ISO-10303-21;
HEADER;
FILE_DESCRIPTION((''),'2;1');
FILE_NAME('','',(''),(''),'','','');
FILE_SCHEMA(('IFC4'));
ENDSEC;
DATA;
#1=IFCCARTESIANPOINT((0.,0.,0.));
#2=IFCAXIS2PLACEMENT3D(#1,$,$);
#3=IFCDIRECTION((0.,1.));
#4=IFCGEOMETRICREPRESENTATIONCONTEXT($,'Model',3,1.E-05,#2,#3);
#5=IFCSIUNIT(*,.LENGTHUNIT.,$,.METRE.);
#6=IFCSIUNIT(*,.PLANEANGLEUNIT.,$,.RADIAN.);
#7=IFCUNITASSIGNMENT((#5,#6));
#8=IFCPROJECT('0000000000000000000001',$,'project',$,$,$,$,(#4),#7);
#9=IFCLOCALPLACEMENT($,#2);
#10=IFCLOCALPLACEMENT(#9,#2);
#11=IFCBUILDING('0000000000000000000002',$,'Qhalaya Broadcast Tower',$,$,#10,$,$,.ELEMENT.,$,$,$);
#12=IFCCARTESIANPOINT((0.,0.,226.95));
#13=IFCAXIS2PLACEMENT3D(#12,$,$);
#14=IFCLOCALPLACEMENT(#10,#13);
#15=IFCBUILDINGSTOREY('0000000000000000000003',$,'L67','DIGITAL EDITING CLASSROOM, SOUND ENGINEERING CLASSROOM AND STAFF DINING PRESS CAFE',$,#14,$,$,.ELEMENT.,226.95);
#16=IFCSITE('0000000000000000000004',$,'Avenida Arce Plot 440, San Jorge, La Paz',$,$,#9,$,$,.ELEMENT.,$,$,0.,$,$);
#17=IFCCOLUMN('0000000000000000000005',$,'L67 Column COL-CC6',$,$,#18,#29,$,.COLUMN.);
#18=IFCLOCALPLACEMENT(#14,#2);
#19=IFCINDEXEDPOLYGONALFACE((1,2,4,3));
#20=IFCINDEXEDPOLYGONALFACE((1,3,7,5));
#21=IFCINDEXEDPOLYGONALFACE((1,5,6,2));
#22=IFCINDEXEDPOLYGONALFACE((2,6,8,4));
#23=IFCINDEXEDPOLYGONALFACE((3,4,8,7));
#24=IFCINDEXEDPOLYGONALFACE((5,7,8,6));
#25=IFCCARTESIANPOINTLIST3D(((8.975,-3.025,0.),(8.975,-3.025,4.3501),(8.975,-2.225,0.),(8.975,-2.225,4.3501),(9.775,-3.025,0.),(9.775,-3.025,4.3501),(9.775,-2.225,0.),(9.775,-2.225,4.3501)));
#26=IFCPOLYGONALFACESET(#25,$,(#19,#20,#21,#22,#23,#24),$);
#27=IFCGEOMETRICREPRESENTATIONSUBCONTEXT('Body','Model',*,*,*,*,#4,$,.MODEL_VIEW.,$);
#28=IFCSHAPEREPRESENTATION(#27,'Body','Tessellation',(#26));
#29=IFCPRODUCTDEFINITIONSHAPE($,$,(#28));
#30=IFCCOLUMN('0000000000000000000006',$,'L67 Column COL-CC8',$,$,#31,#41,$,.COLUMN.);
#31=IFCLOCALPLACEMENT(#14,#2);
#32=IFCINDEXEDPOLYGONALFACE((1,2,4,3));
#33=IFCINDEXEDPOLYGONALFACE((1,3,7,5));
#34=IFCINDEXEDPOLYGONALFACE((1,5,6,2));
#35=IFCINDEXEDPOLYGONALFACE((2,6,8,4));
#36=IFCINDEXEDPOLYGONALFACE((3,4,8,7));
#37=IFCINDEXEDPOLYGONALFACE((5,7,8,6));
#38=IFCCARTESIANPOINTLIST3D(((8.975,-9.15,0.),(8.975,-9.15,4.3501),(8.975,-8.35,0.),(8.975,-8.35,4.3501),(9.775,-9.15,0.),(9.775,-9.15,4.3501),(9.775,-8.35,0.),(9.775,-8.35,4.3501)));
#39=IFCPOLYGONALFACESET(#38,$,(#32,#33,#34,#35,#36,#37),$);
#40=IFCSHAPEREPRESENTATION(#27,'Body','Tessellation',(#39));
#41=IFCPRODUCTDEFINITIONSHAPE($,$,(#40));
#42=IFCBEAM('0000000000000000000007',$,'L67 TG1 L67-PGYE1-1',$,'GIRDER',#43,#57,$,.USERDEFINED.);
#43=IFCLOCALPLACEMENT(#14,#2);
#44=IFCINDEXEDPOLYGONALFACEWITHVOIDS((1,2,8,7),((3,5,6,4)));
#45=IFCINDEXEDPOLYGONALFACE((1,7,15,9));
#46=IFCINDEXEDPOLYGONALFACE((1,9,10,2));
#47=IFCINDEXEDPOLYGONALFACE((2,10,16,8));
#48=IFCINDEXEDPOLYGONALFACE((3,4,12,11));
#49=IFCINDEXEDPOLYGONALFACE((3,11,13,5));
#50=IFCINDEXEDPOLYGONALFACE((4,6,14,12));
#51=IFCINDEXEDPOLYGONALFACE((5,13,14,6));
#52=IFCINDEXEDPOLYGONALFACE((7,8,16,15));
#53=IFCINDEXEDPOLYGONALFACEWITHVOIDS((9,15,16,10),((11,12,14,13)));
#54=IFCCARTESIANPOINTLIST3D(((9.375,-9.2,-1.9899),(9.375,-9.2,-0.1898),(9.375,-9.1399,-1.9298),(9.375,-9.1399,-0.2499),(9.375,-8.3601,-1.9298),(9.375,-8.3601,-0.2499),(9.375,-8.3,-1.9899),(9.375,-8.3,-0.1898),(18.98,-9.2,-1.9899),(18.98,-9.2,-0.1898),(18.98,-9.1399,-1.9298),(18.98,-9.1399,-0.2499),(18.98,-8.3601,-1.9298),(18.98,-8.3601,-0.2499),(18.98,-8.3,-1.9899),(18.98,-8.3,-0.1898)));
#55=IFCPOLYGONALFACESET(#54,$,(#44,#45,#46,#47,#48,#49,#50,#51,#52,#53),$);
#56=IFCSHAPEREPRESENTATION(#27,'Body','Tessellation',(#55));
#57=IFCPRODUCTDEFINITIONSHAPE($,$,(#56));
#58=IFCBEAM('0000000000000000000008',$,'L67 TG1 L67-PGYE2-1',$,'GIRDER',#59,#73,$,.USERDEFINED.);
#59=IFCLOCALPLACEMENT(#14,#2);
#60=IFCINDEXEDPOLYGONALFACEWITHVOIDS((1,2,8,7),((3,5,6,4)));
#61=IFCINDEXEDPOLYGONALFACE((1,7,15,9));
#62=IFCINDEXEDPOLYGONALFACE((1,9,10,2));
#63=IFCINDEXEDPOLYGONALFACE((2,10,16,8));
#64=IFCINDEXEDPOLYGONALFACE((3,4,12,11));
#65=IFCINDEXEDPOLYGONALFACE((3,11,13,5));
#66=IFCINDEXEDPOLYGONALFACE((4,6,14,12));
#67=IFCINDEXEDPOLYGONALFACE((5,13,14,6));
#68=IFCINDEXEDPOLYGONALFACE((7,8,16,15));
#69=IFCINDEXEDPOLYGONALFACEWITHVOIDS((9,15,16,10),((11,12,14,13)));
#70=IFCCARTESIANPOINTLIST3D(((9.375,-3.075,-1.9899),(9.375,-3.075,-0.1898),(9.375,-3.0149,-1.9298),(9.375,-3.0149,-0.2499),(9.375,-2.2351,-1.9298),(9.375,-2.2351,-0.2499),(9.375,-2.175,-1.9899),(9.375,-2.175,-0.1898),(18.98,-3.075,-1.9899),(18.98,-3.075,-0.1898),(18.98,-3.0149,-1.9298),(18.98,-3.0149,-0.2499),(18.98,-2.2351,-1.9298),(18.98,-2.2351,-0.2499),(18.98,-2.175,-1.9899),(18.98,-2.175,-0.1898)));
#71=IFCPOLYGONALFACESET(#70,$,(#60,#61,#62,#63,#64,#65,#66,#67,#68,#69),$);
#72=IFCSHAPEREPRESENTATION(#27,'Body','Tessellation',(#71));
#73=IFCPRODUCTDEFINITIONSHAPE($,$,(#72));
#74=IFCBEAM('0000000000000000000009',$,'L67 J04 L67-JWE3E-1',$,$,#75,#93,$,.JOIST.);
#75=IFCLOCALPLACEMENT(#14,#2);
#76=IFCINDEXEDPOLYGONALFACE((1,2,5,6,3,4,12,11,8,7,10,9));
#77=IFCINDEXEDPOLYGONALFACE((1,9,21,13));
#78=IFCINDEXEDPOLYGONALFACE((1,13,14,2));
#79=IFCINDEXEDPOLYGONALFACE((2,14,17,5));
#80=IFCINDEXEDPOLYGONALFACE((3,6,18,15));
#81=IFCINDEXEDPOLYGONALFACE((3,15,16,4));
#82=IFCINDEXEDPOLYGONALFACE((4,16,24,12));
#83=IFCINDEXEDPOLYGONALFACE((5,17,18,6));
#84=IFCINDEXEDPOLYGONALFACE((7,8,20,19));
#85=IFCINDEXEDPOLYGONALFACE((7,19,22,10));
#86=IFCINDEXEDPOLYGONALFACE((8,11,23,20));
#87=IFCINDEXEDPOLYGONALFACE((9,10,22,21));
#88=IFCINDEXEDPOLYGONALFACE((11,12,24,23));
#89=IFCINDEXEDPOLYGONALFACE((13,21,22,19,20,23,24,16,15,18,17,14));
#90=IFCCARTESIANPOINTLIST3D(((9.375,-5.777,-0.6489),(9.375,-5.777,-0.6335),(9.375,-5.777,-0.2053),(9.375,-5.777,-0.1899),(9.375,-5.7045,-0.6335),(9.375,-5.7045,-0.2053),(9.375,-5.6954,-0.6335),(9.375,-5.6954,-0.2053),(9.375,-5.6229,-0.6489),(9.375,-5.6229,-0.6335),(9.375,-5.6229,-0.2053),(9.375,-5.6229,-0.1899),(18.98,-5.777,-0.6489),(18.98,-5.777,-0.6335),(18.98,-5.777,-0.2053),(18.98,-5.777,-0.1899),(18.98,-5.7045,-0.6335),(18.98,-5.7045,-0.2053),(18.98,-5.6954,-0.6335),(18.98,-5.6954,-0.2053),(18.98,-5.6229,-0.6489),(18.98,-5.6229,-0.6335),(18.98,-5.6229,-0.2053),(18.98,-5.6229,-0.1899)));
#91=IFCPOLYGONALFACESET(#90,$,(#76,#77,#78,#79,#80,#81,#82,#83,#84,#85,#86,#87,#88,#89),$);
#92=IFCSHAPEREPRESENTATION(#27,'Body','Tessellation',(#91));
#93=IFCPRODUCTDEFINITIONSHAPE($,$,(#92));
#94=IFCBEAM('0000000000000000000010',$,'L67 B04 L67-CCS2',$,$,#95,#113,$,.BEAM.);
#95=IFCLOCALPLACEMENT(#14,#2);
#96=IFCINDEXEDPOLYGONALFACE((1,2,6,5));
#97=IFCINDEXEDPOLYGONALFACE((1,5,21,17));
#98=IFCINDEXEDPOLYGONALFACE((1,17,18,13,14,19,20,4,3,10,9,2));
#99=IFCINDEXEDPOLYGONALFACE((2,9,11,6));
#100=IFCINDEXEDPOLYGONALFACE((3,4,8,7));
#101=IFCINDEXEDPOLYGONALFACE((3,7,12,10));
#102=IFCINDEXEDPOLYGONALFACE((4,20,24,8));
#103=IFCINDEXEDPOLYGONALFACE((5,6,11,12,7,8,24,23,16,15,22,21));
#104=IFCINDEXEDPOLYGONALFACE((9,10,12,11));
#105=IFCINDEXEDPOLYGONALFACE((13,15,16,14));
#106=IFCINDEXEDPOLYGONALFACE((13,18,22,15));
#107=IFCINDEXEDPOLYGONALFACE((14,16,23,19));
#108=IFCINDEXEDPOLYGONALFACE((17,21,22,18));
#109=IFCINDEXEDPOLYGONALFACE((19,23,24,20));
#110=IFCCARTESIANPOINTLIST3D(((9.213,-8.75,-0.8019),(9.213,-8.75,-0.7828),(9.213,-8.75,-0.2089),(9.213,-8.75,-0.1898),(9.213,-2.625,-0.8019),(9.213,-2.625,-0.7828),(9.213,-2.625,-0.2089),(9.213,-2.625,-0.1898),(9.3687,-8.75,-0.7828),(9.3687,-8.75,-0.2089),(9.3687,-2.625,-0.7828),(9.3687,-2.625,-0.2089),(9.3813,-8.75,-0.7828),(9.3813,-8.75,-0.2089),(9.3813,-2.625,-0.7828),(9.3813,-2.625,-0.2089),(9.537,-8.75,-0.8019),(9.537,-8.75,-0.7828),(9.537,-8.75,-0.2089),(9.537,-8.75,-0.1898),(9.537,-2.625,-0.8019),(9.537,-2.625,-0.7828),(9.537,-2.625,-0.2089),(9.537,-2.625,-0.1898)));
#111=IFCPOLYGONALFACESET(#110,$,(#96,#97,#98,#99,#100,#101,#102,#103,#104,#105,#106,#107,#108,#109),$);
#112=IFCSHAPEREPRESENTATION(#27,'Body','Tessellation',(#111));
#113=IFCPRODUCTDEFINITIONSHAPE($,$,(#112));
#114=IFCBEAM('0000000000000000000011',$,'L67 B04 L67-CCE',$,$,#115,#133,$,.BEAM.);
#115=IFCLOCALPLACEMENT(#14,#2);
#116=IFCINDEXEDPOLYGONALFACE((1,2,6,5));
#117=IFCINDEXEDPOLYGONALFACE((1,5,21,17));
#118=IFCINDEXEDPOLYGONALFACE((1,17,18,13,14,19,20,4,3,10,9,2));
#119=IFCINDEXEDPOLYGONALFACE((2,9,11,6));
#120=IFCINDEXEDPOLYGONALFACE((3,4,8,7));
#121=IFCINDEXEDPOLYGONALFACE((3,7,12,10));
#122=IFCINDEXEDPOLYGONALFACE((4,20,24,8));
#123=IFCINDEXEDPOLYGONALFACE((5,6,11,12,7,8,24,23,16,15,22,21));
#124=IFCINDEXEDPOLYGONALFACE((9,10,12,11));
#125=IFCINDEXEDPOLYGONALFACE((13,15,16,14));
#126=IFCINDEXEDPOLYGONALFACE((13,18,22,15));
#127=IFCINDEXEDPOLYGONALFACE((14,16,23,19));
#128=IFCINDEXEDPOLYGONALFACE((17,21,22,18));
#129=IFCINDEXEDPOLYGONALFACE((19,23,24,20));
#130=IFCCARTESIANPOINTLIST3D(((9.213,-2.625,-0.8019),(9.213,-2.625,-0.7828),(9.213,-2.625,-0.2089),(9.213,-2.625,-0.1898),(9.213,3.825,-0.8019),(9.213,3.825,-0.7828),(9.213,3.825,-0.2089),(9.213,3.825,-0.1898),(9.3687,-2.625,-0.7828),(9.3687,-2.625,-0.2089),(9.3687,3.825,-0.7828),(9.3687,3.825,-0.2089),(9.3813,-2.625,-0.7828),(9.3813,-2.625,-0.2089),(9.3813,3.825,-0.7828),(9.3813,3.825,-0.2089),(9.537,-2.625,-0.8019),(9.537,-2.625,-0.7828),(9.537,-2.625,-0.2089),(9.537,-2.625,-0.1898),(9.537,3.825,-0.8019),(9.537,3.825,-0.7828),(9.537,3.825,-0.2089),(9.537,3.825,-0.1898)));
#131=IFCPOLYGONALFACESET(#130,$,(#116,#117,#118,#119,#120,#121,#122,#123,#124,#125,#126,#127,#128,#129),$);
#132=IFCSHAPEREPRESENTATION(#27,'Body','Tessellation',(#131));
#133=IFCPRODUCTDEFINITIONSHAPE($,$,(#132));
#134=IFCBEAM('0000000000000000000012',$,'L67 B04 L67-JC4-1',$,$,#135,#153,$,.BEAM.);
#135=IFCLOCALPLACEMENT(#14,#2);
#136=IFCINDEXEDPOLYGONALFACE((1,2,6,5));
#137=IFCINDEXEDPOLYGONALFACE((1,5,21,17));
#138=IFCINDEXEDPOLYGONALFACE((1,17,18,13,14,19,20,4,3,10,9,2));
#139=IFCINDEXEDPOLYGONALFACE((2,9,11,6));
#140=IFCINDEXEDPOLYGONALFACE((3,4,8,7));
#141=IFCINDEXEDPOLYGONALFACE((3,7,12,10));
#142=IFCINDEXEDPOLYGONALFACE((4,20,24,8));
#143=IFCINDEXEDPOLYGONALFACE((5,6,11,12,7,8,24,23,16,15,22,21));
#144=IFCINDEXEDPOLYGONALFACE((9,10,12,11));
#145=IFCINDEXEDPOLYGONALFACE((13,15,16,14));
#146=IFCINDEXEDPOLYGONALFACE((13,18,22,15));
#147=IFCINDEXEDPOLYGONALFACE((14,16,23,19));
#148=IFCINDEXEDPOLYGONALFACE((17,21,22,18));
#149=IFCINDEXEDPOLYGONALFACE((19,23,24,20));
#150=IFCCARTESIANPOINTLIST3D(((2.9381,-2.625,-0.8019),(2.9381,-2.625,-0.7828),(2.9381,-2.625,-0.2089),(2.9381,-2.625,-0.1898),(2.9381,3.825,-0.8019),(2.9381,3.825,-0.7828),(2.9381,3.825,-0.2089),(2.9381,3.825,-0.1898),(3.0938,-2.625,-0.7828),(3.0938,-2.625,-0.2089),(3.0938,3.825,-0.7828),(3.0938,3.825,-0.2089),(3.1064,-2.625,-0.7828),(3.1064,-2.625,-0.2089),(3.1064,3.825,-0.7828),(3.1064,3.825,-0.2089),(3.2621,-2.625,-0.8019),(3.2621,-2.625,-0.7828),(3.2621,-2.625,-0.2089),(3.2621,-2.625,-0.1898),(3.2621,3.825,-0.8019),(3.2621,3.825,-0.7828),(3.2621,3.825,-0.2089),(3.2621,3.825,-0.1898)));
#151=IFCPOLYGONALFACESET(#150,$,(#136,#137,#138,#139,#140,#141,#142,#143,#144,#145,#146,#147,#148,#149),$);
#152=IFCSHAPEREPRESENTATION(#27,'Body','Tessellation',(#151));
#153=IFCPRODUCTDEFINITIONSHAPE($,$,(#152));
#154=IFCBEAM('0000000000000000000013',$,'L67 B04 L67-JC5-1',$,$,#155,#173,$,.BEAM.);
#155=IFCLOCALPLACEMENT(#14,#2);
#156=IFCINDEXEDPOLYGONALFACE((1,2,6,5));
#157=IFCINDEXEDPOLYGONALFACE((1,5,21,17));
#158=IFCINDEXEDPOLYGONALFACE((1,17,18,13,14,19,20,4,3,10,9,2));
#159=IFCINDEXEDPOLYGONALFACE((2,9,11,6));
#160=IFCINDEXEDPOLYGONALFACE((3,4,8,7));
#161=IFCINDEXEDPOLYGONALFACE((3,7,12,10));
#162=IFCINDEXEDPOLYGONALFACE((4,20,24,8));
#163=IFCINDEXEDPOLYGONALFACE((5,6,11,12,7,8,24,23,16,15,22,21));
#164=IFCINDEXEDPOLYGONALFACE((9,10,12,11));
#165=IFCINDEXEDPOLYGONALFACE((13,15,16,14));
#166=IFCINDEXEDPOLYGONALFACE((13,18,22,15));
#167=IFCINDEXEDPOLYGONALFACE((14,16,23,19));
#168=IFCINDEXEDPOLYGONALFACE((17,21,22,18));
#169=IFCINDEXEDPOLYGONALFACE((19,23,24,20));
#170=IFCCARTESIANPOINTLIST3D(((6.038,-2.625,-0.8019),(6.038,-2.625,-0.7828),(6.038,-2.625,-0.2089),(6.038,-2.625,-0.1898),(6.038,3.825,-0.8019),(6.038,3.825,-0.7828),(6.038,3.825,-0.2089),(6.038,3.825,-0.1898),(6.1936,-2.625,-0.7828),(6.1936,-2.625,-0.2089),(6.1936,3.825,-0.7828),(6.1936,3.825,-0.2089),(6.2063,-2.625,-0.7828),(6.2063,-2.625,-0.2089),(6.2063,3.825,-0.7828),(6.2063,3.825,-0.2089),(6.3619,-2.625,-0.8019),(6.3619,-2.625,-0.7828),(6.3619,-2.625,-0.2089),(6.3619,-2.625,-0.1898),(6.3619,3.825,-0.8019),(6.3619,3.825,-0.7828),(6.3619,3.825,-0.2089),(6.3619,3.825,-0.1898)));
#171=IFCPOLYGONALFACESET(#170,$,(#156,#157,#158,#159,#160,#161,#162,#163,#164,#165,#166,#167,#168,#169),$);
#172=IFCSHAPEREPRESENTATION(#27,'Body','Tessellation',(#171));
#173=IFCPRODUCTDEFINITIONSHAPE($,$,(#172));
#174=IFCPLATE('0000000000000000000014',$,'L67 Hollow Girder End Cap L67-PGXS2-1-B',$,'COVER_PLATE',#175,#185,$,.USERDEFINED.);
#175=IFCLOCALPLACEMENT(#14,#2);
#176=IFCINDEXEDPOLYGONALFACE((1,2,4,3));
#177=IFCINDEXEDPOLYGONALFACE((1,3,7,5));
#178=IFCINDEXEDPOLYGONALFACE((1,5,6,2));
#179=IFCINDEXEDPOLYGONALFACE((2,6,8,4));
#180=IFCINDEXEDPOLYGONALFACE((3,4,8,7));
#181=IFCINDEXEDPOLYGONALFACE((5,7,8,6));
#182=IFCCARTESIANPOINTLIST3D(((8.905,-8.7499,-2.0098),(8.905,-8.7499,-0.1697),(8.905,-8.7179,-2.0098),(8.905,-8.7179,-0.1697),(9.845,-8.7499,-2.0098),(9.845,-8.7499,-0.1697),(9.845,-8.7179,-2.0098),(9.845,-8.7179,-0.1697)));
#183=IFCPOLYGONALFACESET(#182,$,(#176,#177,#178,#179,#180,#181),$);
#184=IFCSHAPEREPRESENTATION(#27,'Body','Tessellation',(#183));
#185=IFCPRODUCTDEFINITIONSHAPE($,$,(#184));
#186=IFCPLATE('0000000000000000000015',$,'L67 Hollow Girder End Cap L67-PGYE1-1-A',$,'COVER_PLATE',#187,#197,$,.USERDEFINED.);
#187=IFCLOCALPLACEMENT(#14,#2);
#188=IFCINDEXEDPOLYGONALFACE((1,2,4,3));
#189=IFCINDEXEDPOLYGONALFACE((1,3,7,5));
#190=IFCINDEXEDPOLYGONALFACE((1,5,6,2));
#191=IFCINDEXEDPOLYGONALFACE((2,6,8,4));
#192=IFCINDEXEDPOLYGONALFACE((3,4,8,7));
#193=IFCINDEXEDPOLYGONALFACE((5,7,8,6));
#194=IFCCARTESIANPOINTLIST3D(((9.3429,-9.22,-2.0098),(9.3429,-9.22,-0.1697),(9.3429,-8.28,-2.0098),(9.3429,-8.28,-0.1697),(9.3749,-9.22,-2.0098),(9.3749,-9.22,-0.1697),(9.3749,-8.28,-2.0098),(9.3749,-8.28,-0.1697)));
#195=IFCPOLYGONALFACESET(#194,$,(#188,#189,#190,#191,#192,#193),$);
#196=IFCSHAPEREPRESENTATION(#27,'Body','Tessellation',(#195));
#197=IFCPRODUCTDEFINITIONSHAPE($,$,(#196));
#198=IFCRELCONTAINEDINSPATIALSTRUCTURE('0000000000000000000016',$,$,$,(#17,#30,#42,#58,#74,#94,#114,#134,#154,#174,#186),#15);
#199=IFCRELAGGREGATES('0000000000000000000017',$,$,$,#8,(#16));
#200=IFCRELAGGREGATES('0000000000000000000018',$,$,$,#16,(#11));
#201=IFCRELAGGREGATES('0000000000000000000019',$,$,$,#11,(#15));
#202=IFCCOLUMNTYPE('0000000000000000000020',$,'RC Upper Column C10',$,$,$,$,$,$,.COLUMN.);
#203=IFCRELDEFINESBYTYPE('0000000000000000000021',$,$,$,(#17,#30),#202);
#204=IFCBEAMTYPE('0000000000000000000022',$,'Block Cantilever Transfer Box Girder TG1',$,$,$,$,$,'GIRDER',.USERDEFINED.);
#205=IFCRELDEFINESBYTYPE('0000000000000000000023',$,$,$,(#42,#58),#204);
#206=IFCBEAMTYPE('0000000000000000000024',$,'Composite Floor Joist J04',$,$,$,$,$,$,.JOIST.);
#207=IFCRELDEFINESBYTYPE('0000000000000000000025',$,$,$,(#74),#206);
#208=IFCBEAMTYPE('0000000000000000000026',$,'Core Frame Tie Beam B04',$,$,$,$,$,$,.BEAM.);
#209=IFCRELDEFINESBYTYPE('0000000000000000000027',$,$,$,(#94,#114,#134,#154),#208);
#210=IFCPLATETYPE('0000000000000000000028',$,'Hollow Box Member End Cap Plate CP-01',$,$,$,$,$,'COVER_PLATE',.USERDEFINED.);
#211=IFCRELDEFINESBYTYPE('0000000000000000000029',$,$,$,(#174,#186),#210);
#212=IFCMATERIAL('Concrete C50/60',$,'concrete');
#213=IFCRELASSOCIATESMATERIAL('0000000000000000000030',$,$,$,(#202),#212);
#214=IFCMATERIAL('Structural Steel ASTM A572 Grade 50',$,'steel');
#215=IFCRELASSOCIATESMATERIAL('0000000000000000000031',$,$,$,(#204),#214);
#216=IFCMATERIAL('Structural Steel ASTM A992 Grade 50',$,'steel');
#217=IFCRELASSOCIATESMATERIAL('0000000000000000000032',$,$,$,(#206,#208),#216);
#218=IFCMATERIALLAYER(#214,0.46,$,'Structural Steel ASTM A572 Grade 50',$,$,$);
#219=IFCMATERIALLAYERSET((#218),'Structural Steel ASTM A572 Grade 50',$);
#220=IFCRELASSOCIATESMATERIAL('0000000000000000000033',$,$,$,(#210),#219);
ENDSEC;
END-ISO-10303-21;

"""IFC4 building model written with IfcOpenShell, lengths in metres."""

from ifc_helpers import new_model, si_unit, direction, frame, origin, origin_2d, place, context, subcontext, project, spatial, rectangle, hollow_rectangle, i_section, extrude, material, layer, layer_set, material_profile, profile_set, type_object, element, save


model = new_model("IFC4")

# Units and contexts
model_context = context("Model", 3, precision=1e-05, world=origin(), true_north=direction((0.0, 1.0)))
body_context = subcontext(model_context, "Body", "Model", "MODEL_VIEW")
ifc_project = project(units=[si_unit("LENGTHUNIT", "METRE"), si_unit("PLANEANGLEUNIT", "RADIAN")], contexts=[model_context])

# Site, building, storey
site_placement = place(None, origin())
site = spatial("IfcSite", under=ifc_project, at=site_placement, Name="Avenida Arce Plot 440, San Jorge, La Paz", CompositionType="ELEMENT", RefElevation=0.0)
building_placement = place(site_placement, origin())
building = spatial("IfcBuilding", under=site, at=building_placement, Name="Qhalaya Broadcast Tower", CompositionType="ELEMENT")
storey_placement = place(building_placement, frame((0.0, 0.0, 226.95)))
storey = spatial("IfcBuildingStorey", under=building, at=storey_placement, Name="L67", Description="DIGITAL EDITING CLASSROOM, SOUND ENGINEERING CLASSROOM AND STAFF DINING PRESS CAFE", CompositionType="ELEMENT", Elevation=226.95)

# Columns
ifc_material_1 = material(Name="Concrete C50/60", Category="concrete")
ifc_material_profile_1 = material_profile(ifc_material_1, rectangle(XDim=0.8, YDim=0.8, at=origin_2d()), Name="RC-COL 800x800")
ifc_profile_set_1 = profile_set([ifc_material_profile_1], Name="Concrete C50/60")
column_type = type_object("IfcColumnType", Name="RC Upper Column C10", PredefinedType="COLUMN", material=ifc_profile_set_1)
for number, where, z_axis, x_axis, name in (
    (1, (9.375, -2.625, 0.0), (0.0, 0.0, 1.0), (1.0, 0.0, 0.0), "L67 Column COL-CC6"),
    (2, (9.375, -8.75, 0.0), (0.0, 0.0, 1.0), (1.0, 0.0, 0.0), "L67 Column COL-CC8"),
):
    element("IfcColumn", number, at=place(storey_placement, frame(where, z_axis=z_axis, x_axis=x_axis)), inside=storey, type_object=column_type, Name=name, PredefinedType="COLUMN", context=body_context, shape_type="SweptSolid", body=[
        extrude(rectangle(XDim=0.8, YDim=0.8, at=origin_2d()), origin(), (0.0, 0.0, 1.0), 4.3501),
    ])

# Beams
ifc_material_2 = material(Name="Structural Steel ASTM A572 Grade 50", Category="steel")
ifc_material_profile_2 = material_profile(ifc_material_2, hollow_rectangle(XDim=0.8999, YDim=1.8, WallThickness=0.0601, at=origin_2d()), Name="BOX 900x1800x60")
ifc_profile_set_2 = profile_set([ifc_material_profile_2], Name="Structural Steel ASTM A572 Grade 50")
beam_type_1 = type_object("IfcBeamType", Name="Block Cantilever Transfer Box Girder TG1", ElementType="GIRDER", PredefinedType="USERDEFINED", material=ifc_profile_set_2)
for number, where, z_axis, x_axis, name in (
    (3, (9.375, -8.75, -1.0898), (1.0, 0.0, 0.0), (0.0, 1.0, 0.0), "L67 TG1 L67-PGYE1-1"),
    (4, (9.375, -2.625, -1.0898), (1.0, 0.0, 0.0), (0.0, 1.0, 0.0), "L67 TG1 L67-PGYE2-1"),
):
    element("IfcBeam", number, at=place(storey_placement, frame(where, z_axis=z_axis, x_axis=x_axis)), inside=storey, type_object=beam_type_1, Name=name, ObjectType="GIRDER", PredefinedType="USERDEFINED", context=body_context, shape_type="SweptSolid", body=[
        extrude(hollow_rectangle(XDim=0.8999, YDim=1.8, WallThickness=0.0601, at=origin_2d()), origin(), (0.0, 0.0, 1.0), 9.605),
    ])
ifc_material_3 = material(Name="Structural Steel ASTM A992 Grade 50", Category="steel")
ifc_material_profile_3 = material_profile(ifc_material_3, i_section(OverallWidth=0.1541, OverallDepth=0.459, WebThickness=0.009, FlangeThickness=0.0154, at=origin_2d()), Name="W18X46")
ifc_profile_set_3 = profile_set([ifc_material_profile_3], Name="Structural Steel ASTM A992 Grade 50")
beam_type_2 = type_object("IfcBeamType", Name="Composite Floor Joist J04", PredefinedType="JOIST", material=ifc_profile_set_3)
beam_1_placement = place(storey_placement, frame((9.375, -5.7, -0.4194), z_axis=(1.0, 0.0, 0.0), x_axis=(0.0, 1.0, 0.0)))
element("IfcBeam", 5, at=beam_1_placement, inside=storey, type_object=beam_type_2, Name="L67 J04 L67-JWE3E-1", PredefinedType="JOIST", context=body_context, shape_type="SweptSolid", body=[
    extrude(i_section(OverallWidth=0.1541, OverallDepth=0.459, WebThickness=0.009, FlangeThickness=0.0154, at=origin_2d()), origin(), (0.0, 0.0, 1.0), 9.605),
])
ifc_material_profile_4 = material_profile(ifc_material_3, i_section(OverallWidth=0.324, OverallDepth=0.6121, WebThickness=0.0127, FlangeThickness=0.019, at=origin_2d()), Name="W24X104")
ifc_profile_set_4 = profile_set([ifc_material_profile_4], Name="Structural Steel ASTM A992 Grade 50")
beam_type_3 = type_object("IfcBeamType", Name="Core Frame Tie Beam B04", PredefinedType="BEAM", material=ifc_profile_set_4)
beam_2_placement = place(storey_placement, frame((9.375, -8.75, -0.4958), z_axis=(0.0, 1.0, 0.0), x_axis=(-1.0, 0.0, 0.0)))
element("IfcBeam", 6, at=beam_2_placement, inside=storey, type_object=beam_type_3, Name="L67 B04 L67-CCS2", PredefinedType="BEAM", context=body_context, shape_type="SweptSolid", body=[
    extrude(i_section(OverallWidth=0.324, OverallDepth=0.6121, WebThickness=0.0127, FlangeThickness=0.019, at=origin_2d()), origin(), (0.0, 0.0, 1.0), 6.125),
])
for number, where, z_axis, x_axis, name in (
    (7, (9.375, -2.625, -0.4958), (0.0, 1.0, 0.0), (-1.0, 0.0, 0.0), "L67 B04 L67-CCE"),
    (8, (3.1001, -2.625, -0.4958), (0.0, 1.0, 0.0), (-1.0, 0.0, 0.0), "L67 B04 L67-JC4-1"),
    (9, (6.2, -2.625, -0.4958), (0.0, 1.0, 0.0), (-1.0, 0.0, 0.0), "L67 B04 L67-JC5-1"),
):
    element("IfcBeam", number, at=place(storey_placement, frame(where, z_axis=z_axis, x_axis=x_axis)), inside=storey, type_object=beam_type_3, Name=name, PredefinedType="BEAM", context=body_context, shape_type="SweptSolid", body=[
        extrude(i_section(OverallWidth=0.324, OverallDepth=0.6121, WebThickness=0.0127, FlangeThickness=0.019, at=origin_2d()), origin(), (0.0, 0.0, 1.0), 6.45),
    ])

# Plates
ifc_layer_1 = layer(ifc_material_2, 0.46, Name="Structural Steel ASTM A572 Grade 50")
ifc_layer_set_1 = layer_set([ifc_layer_1], Name="Structural Steel ASTM A572 Grade 50")
plate_type = type_object("IfcPlateType", Name="Hollow Box Member End Cap Plate CP-01", ElementType="COVER_PLATE", PredefinedType="USERDEFINED", material=ifc_layer_set_1)
for number, where, z_axis, x_axis, name in (
    (10, (9.375, -8.7339, -2.0098), (0.0, 0.0, 1.0), (-1.0, 0.0, 0.0), "L67 Hollow Girder End Cap L67-PGXS2-1-B"),
    (11, (9.3589, -8.75, -2.0098), (0.0, 0.0, 1.0), (0.0, 1.0, 0.0), "L67 Hollow Girder End Cap L67-PGYE1-1-A"),
):
    element("IfcPlate", number, at=place(storey_placement, frame(where, z_axis=z_axis, x_axis=x_axis)), inside=storey, type_object=plate_type, Name=name, ObjectType="COVER_PLATE", PredefinedType="USERDEFINED", context=body_context, shape_type="SweptSolid", body=[
        extrude(rectangle(XDim=0.9399, YDim=0.032, at=origin_2d()), origin(), (0.0, 0.0, 1.0), 1.8401),
    ])

save(model, "model.ifc")
